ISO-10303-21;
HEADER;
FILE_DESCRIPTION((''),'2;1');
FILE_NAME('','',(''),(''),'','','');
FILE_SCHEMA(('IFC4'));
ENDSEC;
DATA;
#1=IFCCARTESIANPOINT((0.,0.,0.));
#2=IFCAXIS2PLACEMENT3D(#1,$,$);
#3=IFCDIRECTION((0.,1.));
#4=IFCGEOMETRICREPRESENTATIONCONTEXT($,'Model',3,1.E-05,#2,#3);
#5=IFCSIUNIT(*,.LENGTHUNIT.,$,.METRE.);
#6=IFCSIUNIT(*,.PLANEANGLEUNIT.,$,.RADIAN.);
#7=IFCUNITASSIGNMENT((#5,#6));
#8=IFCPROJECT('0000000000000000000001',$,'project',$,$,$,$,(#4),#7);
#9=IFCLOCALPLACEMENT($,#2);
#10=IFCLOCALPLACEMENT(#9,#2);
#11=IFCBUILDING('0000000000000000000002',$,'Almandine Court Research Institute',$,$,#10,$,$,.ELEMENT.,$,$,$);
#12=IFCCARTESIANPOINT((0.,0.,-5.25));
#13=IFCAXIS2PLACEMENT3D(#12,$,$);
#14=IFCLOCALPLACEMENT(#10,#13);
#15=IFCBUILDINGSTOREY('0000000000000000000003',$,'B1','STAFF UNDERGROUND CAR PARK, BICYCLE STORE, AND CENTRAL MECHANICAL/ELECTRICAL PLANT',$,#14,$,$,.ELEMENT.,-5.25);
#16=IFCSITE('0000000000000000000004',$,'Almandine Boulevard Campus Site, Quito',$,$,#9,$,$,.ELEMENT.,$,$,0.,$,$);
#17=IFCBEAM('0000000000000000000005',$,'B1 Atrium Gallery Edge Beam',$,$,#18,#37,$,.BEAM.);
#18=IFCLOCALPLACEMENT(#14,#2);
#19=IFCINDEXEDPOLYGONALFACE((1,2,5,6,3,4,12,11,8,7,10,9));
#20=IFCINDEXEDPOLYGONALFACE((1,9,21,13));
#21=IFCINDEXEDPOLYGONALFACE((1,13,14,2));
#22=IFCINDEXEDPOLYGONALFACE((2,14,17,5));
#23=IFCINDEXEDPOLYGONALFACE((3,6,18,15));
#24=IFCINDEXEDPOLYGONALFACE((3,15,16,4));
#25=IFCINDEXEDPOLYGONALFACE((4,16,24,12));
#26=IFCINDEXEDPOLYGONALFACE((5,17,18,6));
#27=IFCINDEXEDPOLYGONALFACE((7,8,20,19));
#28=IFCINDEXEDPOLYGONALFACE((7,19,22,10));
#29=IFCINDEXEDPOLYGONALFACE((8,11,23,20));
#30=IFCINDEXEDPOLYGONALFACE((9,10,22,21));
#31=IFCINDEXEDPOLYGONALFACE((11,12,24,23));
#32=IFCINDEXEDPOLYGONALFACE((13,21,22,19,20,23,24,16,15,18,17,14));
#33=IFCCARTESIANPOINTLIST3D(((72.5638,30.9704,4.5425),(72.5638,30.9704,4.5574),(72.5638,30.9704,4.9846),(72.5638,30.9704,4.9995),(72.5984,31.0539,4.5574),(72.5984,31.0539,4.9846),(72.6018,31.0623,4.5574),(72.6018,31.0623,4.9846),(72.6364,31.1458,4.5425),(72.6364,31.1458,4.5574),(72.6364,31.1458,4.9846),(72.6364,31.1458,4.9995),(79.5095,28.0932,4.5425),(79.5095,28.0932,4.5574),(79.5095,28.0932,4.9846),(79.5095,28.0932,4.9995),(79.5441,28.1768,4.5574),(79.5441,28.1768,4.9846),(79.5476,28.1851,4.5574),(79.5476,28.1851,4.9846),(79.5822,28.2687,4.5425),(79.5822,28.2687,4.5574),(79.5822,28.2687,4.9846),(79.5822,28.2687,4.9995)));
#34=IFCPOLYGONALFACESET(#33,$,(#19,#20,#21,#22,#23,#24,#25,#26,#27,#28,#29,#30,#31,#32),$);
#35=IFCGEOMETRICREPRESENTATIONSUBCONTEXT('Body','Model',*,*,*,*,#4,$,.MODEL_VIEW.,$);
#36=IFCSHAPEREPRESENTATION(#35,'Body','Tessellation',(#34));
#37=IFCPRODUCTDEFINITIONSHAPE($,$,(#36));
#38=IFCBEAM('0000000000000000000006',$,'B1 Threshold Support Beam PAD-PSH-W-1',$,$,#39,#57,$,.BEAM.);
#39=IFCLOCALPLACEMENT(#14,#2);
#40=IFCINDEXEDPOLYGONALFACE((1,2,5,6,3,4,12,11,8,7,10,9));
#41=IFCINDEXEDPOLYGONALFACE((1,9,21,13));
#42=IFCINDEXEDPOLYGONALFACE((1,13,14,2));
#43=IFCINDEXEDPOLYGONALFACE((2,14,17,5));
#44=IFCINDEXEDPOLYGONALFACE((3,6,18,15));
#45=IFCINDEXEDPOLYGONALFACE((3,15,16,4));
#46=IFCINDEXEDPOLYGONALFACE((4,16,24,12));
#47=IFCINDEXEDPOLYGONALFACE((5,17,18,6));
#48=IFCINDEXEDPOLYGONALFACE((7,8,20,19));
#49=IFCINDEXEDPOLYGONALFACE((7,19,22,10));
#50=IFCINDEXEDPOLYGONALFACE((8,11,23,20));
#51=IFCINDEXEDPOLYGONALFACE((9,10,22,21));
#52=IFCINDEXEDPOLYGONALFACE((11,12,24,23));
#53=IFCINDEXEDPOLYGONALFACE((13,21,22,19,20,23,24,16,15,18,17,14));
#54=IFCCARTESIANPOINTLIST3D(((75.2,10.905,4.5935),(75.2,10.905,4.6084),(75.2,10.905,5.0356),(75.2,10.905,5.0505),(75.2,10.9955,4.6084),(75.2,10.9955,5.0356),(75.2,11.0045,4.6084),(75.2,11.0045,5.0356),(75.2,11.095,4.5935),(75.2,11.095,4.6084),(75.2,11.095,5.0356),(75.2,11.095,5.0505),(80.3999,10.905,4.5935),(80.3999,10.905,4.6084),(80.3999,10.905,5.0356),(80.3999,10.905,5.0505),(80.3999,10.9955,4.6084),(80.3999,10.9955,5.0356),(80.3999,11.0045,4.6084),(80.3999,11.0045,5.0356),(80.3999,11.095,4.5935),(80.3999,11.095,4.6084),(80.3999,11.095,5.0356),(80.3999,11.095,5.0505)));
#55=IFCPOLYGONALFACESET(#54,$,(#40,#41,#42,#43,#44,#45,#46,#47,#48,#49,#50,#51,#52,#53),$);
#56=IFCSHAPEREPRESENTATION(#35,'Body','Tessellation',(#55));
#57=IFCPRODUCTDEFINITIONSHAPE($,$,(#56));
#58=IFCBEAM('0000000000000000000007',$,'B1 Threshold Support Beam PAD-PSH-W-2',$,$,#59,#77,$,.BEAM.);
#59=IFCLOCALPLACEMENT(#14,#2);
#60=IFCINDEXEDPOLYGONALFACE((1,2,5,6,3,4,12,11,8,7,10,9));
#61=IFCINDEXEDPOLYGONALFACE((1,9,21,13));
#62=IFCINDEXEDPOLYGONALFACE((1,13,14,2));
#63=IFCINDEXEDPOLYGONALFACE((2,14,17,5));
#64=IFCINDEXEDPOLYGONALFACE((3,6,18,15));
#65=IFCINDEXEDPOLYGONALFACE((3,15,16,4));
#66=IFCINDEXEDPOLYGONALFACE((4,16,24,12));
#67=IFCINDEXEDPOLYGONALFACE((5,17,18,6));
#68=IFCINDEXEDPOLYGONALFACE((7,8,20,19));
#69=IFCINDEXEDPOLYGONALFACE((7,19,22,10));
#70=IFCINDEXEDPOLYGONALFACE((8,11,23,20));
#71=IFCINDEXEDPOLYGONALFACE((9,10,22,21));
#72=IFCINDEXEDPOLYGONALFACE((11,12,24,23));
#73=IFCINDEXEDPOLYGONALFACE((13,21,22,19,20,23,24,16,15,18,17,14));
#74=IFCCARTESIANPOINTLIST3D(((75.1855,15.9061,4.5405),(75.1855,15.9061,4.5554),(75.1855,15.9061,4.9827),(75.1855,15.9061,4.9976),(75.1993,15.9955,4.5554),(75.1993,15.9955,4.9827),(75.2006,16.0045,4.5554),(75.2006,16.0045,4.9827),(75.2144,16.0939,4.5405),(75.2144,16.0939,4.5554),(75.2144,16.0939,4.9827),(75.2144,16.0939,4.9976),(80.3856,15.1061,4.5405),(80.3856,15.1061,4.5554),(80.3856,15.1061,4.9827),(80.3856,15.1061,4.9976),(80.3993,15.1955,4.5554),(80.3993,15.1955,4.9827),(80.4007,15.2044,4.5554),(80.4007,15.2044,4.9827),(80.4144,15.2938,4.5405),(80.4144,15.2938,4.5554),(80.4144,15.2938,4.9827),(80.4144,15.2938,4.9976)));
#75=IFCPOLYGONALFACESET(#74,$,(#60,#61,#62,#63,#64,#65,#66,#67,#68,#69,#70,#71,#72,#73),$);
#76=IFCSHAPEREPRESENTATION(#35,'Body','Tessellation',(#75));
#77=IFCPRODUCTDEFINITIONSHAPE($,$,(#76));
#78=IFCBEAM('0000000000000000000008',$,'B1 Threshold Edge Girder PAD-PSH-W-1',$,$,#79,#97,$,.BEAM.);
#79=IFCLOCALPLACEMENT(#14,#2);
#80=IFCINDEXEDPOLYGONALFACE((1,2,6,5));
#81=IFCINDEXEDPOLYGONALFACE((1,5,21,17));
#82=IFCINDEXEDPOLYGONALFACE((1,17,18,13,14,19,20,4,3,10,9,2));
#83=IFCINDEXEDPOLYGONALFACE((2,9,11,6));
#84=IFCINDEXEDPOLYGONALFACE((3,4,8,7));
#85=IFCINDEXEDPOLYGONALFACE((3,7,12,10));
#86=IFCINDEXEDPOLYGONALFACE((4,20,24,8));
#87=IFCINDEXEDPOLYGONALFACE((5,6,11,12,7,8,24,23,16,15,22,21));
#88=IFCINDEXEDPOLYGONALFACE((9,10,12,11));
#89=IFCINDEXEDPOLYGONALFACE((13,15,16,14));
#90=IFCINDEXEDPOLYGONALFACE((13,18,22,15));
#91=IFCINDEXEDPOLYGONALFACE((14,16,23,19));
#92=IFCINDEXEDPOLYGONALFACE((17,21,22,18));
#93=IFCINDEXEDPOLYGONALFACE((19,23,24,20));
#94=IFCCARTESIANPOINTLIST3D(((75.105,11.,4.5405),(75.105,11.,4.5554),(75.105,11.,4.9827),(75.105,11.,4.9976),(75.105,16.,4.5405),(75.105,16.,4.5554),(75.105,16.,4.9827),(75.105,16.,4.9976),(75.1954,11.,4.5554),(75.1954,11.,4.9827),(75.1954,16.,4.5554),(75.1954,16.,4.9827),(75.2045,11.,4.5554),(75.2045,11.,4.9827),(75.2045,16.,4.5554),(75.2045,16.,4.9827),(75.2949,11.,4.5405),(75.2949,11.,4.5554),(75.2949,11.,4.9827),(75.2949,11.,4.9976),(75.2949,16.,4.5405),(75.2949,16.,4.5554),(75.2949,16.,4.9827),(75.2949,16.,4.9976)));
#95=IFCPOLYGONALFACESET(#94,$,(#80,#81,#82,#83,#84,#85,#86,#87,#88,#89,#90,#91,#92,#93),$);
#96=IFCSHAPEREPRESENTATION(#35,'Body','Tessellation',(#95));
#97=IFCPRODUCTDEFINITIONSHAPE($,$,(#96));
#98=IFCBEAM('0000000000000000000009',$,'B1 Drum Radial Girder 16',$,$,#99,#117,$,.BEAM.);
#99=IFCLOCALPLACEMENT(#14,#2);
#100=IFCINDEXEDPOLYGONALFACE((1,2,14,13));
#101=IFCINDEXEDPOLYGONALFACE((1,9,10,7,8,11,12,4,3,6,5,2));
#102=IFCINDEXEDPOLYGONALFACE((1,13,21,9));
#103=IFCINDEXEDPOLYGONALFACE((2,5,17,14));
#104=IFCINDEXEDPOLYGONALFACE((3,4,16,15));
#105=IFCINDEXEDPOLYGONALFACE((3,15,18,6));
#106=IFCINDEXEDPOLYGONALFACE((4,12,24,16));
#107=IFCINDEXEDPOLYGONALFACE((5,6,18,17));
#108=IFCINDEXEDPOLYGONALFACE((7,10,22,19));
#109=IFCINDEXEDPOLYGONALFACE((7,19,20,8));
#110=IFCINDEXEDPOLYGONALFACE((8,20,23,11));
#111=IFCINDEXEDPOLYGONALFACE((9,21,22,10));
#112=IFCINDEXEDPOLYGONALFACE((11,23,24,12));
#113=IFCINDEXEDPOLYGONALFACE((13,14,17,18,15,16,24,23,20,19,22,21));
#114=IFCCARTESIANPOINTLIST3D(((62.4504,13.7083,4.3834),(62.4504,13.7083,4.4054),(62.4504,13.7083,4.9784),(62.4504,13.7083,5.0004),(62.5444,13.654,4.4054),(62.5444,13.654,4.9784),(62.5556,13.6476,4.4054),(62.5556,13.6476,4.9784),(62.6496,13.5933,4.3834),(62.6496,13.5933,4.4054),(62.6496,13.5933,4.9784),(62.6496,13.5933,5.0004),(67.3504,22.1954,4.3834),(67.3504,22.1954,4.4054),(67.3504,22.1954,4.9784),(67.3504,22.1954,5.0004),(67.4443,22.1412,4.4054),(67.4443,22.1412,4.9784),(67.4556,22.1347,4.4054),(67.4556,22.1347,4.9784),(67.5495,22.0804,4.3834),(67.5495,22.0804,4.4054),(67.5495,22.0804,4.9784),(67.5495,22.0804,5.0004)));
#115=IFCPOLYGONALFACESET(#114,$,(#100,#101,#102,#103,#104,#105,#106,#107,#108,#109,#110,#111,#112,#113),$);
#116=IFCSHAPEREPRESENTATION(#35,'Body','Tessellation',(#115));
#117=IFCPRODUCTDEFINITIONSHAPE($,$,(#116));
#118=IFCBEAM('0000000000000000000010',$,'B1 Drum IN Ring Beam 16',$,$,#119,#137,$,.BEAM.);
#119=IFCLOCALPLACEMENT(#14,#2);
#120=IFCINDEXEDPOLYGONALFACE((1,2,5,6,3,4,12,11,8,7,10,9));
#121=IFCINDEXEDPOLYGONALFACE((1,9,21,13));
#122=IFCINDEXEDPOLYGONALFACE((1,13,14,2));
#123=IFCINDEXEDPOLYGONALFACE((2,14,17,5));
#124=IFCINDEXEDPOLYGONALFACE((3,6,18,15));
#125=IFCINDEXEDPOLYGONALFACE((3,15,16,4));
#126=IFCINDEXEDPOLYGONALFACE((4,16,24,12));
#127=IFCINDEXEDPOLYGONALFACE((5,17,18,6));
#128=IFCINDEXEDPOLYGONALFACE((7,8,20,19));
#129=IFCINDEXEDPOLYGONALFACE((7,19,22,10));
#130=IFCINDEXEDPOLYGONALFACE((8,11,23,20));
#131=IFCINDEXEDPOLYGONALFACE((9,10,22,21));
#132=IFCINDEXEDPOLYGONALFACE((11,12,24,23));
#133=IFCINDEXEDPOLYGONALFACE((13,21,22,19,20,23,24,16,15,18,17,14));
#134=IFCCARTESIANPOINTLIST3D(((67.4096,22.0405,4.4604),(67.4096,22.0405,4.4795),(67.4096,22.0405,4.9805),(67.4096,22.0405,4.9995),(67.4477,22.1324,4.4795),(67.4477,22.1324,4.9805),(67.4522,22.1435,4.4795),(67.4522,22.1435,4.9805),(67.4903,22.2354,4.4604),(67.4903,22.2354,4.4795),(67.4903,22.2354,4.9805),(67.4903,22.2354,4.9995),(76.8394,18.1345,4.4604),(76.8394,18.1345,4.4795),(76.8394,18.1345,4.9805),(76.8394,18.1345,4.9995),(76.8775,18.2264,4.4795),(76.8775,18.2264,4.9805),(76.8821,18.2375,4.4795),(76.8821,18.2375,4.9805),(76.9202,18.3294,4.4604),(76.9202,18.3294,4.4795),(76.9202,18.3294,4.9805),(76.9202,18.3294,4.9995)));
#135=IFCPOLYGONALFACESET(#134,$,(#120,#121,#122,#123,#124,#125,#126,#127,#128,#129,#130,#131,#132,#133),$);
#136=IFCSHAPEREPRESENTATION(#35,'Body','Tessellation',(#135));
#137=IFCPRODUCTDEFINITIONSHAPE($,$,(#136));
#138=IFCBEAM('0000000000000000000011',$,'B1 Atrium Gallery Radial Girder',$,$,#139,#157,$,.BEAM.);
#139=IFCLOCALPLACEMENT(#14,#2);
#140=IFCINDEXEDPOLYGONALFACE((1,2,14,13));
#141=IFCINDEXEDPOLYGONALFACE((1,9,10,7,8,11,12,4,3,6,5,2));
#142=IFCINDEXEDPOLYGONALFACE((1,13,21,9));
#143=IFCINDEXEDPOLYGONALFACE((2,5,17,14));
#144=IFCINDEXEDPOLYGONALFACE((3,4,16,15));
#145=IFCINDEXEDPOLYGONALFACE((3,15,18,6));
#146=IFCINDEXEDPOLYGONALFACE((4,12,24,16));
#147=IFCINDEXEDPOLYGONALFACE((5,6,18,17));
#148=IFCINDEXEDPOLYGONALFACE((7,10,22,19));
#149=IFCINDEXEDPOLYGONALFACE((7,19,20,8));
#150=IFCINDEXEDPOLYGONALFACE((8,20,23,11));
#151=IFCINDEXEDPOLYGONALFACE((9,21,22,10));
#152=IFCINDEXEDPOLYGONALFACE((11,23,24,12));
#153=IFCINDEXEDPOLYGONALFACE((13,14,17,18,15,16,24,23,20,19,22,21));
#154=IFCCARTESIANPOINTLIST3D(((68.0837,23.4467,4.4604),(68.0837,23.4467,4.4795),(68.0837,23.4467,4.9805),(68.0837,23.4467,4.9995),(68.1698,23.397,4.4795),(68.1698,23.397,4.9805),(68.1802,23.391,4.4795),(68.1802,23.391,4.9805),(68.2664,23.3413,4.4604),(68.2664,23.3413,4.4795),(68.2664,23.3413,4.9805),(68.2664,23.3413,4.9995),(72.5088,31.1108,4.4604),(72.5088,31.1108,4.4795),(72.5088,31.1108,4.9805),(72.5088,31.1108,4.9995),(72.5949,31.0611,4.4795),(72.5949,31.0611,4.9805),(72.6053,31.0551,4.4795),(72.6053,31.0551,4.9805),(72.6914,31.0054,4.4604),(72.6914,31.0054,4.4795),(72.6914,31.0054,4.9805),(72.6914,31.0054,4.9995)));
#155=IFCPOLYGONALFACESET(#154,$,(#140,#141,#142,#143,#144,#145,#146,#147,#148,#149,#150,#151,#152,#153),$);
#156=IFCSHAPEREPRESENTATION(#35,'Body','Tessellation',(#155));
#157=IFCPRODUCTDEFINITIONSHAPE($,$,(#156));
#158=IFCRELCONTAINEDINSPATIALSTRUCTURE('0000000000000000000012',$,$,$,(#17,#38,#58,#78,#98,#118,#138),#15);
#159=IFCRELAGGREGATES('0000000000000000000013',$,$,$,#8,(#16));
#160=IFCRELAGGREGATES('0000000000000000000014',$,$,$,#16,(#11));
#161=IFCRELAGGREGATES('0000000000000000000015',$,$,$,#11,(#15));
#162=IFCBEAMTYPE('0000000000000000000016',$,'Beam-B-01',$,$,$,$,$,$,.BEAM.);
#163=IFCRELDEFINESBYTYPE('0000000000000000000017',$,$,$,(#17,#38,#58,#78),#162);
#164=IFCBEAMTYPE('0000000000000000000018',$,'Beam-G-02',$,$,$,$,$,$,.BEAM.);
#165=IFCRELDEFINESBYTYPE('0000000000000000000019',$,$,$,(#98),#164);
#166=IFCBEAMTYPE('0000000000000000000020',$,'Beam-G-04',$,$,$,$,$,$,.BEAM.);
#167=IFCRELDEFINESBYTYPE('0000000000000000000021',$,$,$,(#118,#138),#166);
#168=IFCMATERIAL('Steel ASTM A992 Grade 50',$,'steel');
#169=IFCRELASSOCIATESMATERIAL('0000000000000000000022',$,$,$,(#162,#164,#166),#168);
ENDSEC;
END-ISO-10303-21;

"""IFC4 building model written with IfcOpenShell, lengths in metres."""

from ifc_helpers import new_model, si_unit, direction, frame, origin, origin_2d, place, context, subcontext, project, spatial, i_section, extrude, material, material_profile, profile_set, type_object, element, save


model = new_model("IFC4")

# Units and contexts
model_context = context("Model", 3, precision=1e-05, world=origin(), true_north=direction((0.0, 1.0)))
body_context = subcontext(model_context, "Body", "Model", "MODEL_VIEW")
ifc_project = project(units=[si_unit("LENGTHUNIT", "METRE"), si_unit("PLANEANGLEUNIT", "RADIAN")], contexts=[model_context])

# Site, building, storey
site_placement = place(None, origin())
site = spatial("IfcSite", under=ifc_project, at=site_placement, Name="Almandine Boulevard Campus Site, Quito", CompositionType="ELEMENT", RefElevation=0.0)
building_placement = place(site_placement, origin())
building = spatial("IfcBuilding", under=site, at=building_placement, Name="Almandine Court Research Institute", CompositionType="ELEMENT")
storey_placement = place(building_placement, frame((0.0, 0.0, -5.25)))
storey = spatial("IfcBuildingStorey", under=building, at=storey_placement, Name="B1", Description="STAFF UNDERGROUND CAR PARK, BICYCLE STORE, AND CENTRAL MECHANICAL/ELECTRICAL PLANT", CompositionType="ELEMENT", Elevation=-5.25)

# Shared definitions
ifc_material_1 = material(Name="Steel ASTM A992 Grade 50", Category="steel")

# Beams
ifc_material_profile_1 = material_profile(ifc_material_1, i_section(OverallWidth=0.1899, OverallDepth=0.457, WebThickness=0.009, FlangeThickness=0.0149, at=origin_2d()), Name="W460x74")
ifc_profile_set_1 = profile_set([ifc_material_profile_1], Name="Steel ASTM A992 Grade 50")
beam_type_1 = type_object("IfcBeamType", Name="Beam-B-01", PredefinedType="BEAM", material=ifc_profile_set_1)
beam_1_placement = place(storey_placement, frame((72.6001, 31.0581, 4.771), z_axis=(0.923872, -0.382701, 0.0), x_axis=(0.382701, 0.923872, 0.0)))
element("IfcBeam", 1, at=beam_1_placement, inside=storey, type_object=beam_type_1, Name="B1 Atrium Gallery Edge Beam", PredefinedType="BEAM", context=body_context, shape_type="SweptSolid", body=[
    extrude(i_section(OverallWidth=0.1899, OverallDepth=0.457, WebThickness=0.009, FlangeThickness=0.0149, at=origin_2d()), origin(), (0.0, 0.0, 1.0), 7.5181),
])
beam_2_placement = place(storey_placement, frame((75.2, 11.0, 4.822), z_axis=(1.0, 0.0, 0.0), x_axis=(0.0, 1.0, 0.0)))
element("IfcBeam", 2, at=beam_2_placement, inside=storey, type_object=beam_type_1, Name="B1 Threshold Support Beam PAD-PSH-W-1", PredefinedType="BEAM", context=body_context, shape_type="SweptSolid", body=[
    extrude(i_section(OverallWidth=0.1899, OverallDepth=0.457, WebThickness=0.009, FlangeThickness=0.0149, at=origin_2d()), origin(), (0.0, 0.0, 1.0), 5.2),
])
beam_3_placement = place(storey_placement, frame((75.2, 16.0, 4.769), z_axis=(0.98837, -0.152068, 0.0), x_axis=(0.152068, 0.98837, 0.0)))
element("IfcBeam", 3, at=beam_3_placement, inside=storey, type_object=beam_type_1, Name="B1 Threshold Support Beam PAD-PSH-W-2", PredefinedType="BEAM", context=body_context, shape_type="SweptSolid", body=[
    extrude(i_section(OverallWidth=0.1899, OverallDepth=0.457, WebThickness=0.009, FlangeThickness=0.0149, at=origin_2d()), origin(), (0.0, 0.0, 1.0), 5.2612),
])
beam_4_placement = place(storey_placement, frame((75.2, 11.0, 4.769), z_axis=(0.0, 1.0, 0.0), x_axis=(-1.0, 0.0, 0.0)))
element("IfcBeam", 4, at=beam_4_placement, inside=storey, type_object=beam_type_1, Name="B1 Threshold Edge Girder PAD-PSH-W-1", PredefinedType="BEAM", context=body_context, shape_type="SweptSolid", body=[
    extrude(i_section(OverallWidth=0.1899, OverallDepth=0.457, WebThickness=0.009, FlangeThickness=0.0149, at=origin_2d()), origin(), (0.0, 0.0, 1.0), 5.0),
])
ifc_material_profile_2 = material_profile(ifc_material_1, i_section(OverallWidth=0.23, OverallDepth=0.6169, WebThickness=0.0129, FlangeThickness=0.022, at=origin_2d()), Name="W610x140")
ifc_profile_set_2 = profile_set([ifc_material_profile_2], Name="Steel ASTM A992 Grade 50")
beam_type_2 = type_object("IfcBeamType", Name="Beam-G-02", PredefinedType="BEAM", material=ifc_profile_set_2)
beam_5_placement = place(storey_placement, frame((67.45, 22.1379, 4.6919), z_axis=(-0.499992, -0.86603, 0.0), x_axis=(0.86603, -0.499992, 0.0)))
element("IfcBeam", 5, at=beam_5_placement, inside=storey, type_object=beam_type_2, Name="B1 Drum Radial Girder 16", PredefinedType="BEAM", context=body_context, shape_type="SweptSolid", body=[
    extrude(i_section(OverallWidth=0.23, OverallDepth=0.6169, WebThickness=0.0129, FlangeThickness=0.022, at=origin_2d()), origin(), (0.0, 0.0, 1.0), 9.8),
])
ifc_material_profile_3 = material_profile(ifc_material_1, i_section(OverallWidth=0.2109, OverallDepth=0.5391, WebThickness=0.012, FlangeThickness=0.019, at=origin_2d()), Name="W530x109")
ifc_profile_set_3 = profile_set([ifc_material_profile_3], Name="Steel ASTM A992 Grade 50")
beam_type_3 = type_object("IfcBeamType", Name="Beam-G-04", PredefinedType="BEAM", material=ifc_profile_set_3)
beam_6_placement = place(storey_placement, frame((67.45, 22.1379, 4.73), z_axis=(0.92388, -0.382683, 0.0), x_axis=(0.382683, 0.92388, 0.0)))
element("IfcBeam", 6, at=beam_6_placement, inside=storey, type_object=beam_type_3, Name="B1 Drum IN Ring Beam 16", PredefinedType="BEAM", context=body_context, shape_type="SweptSolid", body=[
    extrude(i_section(OverallWidth=0.2109, OverallDepth=0.5391, WebThickness=0.012, FlangeThickness=0.019, at=origin_2d()), origin(), (0.0, 0.0, 1.0), 10.2068),
])
beam_7_placement = place(storey_placement, frame((72.6001, 31.0581, 4.73), z_axis=(-0.500017, -0.866016, 0.0), x_axis=(0.866016, -0.500017, 0.0)))
element("IfcBeam", 7, at=beam_7_placement, inside=storey, type_object=beam_type_3, Name="B1 Atrium Gallery Radial Girder", PredefinedType="BEAM", context=body_context, shape_type="SweptSolid", body=[
    extrude(i_section(OverallWidth=0.2109, OverallDepth=0.5391, WebThickness=0.012, FlangeThickness=0.019, at=origin_2d()), origin(), (0.0, 0.0, 1.0), 8.8499),
])

save(model, "model.ifc")
